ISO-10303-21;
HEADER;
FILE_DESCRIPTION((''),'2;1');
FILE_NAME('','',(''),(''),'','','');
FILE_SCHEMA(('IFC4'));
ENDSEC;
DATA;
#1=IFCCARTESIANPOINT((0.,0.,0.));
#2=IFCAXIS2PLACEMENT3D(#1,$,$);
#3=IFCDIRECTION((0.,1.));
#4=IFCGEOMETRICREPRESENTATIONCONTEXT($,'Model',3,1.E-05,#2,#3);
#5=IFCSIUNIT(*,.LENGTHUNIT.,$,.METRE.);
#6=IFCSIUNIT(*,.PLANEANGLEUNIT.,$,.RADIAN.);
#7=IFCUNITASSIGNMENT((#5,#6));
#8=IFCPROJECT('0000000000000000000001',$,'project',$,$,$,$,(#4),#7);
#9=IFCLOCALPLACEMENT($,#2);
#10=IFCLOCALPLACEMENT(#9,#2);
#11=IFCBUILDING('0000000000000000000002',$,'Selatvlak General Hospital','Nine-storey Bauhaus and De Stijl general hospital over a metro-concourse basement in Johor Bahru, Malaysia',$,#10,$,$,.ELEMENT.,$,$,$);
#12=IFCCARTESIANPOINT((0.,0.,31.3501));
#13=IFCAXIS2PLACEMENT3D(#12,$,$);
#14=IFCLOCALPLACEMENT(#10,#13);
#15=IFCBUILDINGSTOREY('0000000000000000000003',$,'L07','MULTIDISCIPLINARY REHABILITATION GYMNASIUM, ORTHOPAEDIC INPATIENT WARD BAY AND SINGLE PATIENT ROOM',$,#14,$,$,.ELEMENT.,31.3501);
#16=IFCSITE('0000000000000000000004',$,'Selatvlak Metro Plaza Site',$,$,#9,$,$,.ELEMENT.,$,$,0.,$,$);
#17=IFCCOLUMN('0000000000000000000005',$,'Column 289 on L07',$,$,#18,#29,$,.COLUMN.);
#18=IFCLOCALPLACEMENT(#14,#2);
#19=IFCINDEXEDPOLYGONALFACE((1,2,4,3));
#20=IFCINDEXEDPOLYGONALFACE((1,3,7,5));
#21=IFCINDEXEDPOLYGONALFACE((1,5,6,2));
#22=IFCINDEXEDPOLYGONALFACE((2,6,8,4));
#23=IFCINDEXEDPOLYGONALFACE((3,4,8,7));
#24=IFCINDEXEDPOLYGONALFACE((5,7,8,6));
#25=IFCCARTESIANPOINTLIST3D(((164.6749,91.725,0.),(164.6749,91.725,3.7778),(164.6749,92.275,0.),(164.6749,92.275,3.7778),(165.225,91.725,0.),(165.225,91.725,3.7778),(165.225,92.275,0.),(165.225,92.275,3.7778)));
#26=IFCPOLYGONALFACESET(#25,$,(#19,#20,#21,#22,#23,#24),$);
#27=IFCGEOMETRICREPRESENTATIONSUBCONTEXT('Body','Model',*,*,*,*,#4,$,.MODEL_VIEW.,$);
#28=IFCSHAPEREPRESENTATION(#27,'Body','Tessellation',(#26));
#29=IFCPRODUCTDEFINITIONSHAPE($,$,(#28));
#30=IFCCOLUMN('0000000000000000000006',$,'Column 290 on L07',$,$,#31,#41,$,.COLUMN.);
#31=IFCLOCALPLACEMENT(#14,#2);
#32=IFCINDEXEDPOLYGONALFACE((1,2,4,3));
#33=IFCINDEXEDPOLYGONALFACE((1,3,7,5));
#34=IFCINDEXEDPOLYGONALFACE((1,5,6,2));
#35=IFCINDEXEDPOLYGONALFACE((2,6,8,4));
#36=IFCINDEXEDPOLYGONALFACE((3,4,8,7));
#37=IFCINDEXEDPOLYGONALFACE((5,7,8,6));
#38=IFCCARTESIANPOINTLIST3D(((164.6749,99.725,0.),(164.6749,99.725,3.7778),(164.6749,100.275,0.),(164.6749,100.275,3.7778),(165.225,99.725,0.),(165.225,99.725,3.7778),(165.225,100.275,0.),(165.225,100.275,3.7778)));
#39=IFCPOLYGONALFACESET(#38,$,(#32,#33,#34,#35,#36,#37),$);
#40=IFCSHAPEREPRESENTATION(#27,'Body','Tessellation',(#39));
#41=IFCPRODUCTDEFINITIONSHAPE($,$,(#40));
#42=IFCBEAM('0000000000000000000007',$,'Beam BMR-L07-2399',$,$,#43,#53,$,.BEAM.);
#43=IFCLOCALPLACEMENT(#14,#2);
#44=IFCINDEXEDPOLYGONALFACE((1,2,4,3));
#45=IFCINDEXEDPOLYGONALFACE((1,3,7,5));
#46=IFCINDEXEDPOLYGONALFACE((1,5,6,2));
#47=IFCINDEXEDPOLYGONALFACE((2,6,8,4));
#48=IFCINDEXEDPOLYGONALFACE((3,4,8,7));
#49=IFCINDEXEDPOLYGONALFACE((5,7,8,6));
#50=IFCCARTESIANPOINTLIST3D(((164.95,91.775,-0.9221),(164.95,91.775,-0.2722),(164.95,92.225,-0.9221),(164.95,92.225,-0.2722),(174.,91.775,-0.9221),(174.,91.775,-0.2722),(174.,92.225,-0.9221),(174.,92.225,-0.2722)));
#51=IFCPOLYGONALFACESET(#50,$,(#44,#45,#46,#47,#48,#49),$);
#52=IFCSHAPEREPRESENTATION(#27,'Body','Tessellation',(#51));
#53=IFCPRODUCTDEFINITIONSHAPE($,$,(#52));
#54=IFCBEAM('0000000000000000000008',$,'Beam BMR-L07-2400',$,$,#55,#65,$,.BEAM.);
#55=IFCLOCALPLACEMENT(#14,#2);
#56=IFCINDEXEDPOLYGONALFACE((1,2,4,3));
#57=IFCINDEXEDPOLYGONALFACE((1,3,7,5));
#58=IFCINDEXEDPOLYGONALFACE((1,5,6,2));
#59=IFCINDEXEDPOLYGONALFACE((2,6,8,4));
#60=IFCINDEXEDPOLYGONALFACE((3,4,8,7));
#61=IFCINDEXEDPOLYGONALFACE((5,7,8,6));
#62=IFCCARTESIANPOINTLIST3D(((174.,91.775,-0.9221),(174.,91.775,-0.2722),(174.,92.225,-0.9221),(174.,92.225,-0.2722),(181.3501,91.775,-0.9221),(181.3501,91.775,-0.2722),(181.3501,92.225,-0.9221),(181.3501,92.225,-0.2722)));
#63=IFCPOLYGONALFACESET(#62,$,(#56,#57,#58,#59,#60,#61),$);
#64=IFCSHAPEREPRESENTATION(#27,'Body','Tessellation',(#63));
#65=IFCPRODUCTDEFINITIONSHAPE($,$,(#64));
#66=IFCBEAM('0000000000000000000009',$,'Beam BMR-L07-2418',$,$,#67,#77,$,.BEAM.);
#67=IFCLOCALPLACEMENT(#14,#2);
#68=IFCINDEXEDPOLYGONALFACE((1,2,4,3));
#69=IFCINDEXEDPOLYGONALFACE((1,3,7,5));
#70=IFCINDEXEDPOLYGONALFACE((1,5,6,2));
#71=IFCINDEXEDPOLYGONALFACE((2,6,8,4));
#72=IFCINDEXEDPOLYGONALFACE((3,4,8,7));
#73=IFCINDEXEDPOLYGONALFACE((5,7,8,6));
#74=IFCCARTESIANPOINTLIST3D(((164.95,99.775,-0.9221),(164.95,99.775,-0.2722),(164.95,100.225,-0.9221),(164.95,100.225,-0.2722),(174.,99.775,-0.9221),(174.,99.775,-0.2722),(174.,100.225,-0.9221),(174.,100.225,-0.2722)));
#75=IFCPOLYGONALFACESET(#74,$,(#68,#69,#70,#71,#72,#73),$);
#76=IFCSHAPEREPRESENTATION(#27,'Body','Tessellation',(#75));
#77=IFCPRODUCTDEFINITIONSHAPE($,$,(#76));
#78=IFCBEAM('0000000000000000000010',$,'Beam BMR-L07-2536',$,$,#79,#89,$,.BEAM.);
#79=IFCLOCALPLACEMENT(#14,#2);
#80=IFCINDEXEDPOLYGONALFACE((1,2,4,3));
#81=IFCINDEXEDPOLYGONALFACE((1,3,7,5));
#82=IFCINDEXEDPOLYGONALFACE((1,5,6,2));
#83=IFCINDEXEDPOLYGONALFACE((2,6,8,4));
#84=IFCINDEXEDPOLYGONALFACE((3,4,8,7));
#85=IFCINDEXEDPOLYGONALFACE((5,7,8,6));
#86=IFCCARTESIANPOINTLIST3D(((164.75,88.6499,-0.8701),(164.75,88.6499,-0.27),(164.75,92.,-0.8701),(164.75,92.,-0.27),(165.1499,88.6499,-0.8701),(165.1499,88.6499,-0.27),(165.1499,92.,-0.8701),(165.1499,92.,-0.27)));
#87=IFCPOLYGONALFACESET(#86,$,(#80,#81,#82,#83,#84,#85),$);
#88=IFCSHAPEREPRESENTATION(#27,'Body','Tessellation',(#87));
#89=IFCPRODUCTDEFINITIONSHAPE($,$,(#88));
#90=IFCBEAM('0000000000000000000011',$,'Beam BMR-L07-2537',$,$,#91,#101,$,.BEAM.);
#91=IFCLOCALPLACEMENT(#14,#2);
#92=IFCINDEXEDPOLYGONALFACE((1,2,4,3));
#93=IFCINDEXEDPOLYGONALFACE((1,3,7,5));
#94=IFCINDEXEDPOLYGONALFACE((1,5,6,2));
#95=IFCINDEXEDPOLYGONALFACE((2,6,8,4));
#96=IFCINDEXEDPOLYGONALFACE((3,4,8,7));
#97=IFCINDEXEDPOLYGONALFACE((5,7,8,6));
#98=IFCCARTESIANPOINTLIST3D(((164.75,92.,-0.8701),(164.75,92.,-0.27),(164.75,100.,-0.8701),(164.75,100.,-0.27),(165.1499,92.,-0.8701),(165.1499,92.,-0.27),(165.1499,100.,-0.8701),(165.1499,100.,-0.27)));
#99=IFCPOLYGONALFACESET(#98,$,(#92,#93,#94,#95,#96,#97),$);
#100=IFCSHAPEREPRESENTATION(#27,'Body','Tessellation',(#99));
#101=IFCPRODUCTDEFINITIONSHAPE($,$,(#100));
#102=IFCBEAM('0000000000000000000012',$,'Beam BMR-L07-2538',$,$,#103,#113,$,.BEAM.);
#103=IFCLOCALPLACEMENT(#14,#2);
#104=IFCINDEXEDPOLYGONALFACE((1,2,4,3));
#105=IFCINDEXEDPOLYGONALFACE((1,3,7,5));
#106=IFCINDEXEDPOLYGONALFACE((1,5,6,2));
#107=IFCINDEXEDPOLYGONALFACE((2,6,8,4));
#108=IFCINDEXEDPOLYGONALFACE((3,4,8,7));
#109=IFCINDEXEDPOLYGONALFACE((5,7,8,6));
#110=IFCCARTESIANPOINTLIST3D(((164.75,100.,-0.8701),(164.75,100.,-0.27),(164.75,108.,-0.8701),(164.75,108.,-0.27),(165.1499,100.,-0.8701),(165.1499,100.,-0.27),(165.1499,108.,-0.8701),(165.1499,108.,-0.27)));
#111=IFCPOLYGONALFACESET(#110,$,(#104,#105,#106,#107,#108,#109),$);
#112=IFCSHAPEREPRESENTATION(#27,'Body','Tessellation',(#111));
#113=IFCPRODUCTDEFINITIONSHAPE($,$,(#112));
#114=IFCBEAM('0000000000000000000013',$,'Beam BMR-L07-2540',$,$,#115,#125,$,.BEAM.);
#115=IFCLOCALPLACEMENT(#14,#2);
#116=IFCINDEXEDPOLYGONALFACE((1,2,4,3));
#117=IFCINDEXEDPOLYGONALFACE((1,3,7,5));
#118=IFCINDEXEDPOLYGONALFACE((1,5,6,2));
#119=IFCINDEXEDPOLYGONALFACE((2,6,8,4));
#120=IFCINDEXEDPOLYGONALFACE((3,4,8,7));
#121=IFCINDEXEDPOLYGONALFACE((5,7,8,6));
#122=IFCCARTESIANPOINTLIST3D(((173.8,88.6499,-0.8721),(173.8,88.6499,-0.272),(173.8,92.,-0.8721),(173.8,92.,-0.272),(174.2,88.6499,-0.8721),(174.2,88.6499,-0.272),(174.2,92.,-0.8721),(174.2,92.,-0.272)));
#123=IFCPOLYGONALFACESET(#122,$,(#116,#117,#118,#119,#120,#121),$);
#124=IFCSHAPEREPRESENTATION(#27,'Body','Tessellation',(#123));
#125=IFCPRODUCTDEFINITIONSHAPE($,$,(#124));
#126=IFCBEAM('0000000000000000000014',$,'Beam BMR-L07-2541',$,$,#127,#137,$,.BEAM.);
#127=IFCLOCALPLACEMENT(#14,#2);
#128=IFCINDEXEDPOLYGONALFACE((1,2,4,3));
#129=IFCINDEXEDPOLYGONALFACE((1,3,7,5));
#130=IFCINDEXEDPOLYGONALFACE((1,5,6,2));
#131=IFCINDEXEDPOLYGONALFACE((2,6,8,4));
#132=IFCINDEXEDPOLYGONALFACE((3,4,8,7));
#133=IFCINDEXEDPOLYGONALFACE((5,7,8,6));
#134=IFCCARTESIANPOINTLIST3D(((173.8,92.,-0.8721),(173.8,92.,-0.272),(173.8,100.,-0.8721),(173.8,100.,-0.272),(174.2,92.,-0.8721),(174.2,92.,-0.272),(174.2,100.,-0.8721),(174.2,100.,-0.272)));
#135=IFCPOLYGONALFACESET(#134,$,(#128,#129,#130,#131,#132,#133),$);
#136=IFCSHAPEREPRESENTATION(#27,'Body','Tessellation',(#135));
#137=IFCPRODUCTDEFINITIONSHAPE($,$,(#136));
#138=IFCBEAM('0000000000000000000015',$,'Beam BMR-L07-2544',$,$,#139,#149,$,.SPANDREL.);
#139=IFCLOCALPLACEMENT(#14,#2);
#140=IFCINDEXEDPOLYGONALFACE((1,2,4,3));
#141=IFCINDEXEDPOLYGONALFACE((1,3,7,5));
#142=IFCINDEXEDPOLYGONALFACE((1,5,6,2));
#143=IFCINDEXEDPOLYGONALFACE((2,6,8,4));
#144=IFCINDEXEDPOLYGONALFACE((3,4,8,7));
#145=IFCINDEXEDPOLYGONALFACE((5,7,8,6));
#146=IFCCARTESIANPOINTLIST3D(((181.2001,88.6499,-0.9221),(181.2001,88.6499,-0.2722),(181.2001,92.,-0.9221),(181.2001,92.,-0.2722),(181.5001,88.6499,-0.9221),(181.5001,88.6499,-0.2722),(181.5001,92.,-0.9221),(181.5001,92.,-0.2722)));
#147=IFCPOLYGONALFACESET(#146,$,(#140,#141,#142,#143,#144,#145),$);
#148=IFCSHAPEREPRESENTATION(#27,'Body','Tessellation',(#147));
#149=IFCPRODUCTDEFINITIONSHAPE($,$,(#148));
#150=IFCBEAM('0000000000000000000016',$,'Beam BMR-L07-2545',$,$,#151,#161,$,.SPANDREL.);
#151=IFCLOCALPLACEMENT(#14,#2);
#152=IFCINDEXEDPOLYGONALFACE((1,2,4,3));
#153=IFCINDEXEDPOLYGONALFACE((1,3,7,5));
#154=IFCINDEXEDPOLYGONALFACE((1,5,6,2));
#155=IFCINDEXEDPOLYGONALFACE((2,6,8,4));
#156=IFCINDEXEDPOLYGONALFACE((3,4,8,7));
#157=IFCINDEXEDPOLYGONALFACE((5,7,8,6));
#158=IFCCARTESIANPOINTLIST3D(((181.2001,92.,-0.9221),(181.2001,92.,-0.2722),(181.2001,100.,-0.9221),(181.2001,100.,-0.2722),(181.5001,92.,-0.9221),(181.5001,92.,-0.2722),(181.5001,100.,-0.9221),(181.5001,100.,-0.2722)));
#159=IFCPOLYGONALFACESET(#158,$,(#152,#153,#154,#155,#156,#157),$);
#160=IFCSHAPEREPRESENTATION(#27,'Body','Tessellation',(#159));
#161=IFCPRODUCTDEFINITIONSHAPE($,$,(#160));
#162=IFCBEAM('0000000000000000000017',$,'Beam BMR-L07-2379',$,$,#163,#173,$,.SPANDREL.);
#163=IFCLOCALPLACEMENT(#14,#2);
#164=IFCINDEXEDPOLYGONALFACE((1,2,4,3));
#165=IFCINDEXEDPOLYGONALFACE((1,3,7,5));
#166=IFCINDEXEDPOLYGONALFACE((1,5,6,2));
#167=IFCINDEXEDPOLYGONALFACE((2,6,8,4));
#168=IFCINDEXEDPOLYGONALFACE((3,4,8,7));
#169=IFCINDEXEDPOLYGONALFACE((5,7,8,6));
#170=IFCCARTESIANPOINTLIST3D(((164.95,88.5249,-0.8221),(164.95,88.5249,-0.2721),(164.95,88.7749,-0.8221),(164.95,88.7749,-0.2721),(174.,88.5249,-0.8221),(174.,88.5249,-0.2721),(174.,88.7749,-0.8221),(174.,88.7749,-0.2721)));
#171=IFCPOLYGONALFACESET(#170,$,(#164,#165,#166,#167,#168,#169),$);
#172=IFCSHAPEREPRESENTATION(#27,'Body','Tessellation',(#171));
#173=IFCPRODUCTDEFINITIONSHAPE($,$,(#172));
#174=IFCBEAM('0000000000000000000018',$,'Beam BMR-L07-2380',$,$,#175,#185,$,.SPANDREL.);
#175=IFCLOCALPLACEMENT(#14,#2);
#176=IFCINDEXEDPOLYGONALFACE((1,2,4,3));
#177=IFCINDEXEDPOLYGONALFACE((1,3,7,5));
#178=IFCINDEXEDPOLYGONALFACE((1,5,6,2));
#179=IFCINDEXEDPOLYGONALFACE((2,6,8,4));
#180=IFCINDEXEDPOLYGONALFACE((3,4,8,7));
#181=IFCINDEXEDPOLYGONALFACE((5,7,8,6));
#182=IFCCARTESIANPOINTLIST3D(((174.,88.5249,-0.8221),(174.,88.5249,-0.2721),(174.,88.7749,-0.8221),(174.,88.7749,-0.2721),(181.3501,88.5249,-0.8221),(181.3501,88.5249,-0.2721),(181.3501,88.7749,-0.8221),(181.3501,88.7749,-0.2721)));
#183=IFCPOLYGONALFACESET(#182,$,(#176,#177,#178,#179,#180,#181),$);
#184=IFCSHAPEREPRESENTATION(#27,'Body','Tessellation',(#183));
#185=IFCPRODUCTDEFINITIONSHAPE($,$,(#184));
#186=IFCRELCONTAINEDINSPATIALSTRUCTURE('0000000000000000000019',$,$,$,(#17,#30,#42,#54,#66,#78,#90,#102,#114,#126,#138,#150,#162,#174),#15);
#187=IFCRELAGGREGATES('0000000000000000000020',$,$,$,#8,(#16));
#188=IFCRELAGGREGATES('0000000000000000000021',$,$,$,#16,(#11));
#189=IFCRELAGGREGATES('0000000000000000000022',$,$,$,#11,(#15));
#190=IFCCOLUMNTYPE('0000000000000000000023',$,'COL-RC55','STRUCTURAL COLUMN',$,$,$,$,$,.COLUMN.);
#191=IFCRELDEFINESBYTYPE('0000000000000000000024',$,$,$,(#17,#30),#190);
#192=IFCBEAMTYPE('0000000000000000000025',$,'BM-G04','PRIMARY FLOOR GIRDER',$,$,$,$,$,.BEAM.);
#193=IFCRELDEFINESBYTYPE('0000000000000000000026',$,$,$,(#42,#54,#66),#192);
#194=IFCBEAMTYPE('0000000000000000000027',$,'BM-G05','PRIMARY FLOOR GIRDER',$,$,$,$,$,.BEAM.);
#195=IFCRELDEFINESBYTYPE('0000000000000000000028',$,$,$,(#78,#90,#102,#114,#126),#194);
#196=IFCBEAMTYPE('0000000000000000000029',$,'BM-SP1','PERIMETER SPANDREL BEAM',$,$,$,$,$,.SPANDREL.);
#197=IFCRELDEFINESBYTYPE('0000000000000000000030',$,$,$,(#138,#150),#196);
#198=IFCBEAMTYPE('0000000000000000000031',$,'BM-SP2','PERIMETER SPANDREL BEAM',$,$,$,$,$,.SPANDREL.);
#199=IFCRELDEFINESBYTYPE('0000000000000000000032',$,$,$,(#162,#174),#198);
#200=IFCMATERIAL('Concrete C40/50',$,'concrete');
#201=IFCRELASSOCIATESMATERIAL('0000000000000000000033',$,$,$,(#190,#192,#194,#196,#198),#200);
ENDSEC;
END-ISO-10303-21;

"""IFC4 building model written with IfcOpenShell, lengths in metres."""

from ifc_helpers import new_model, si_unit, direction, frame, origin, origin_2d, place, context, subcontext, project, spatial, rectangle, extrude, material, material_profile, profile_set, type_object, element, save


model = new_model("IFC4")

# Units and contexts
model_context = context("Model", 3, precision=1e-05, world=origin(), true_north=direction((0.0, 1.0)))
body_context = subcontext(model_context, "Body", "Model", "MODEL_VIEW")
ifc_project = project(units=[si_unit("LENGTHUNIT", "METRE"), si_unit("PLANEANGLEUNIT", "RADIAN")], contexts=[model_context])

# Site, building, storey
site_placement = place(None, origin())
site = spatial("IfcSite", under=ifc_project, at=site_placement, Name="Selatvlak Metro Plaza Site", CompositionType="ELEMENT", RefElevation=0.0)
building_placement = place(site_placement, origin())
building = spatial("IfcBuilding", under=site, at=building_placement, Name="Selatvlak General Hospital", Description="Nine-storey Bauhaus and De Stijl general hospital over a metro-concourse basement in Johor Bahru, Malaysia", CompositionType="ELEMENT")
storey_placement = place(building_placement, frame((0.0, 0.0, 31.3501)))
storey = spatial("IfcBuildingStorey", under=building, at=storey_placement, Name="L07", Description="MULTIDISCIPLINARY REHABILITATION GYMNASIUM, ORTHOPAEDIC INPATIENT WARD BAY AND SINGLE PATIENT ROOM", CompositionType="ELEMENT", Elevation=31.3501)

# Columns
ifc_material_1 = material(Name="Concrete C40/50", Category="concrete")
ifc_material_profile_1 = material_profile(ifc_material_1, rectangle(XDim=0.55, YDim=0.55, at=origin_2d()), Name="RC-COL 550x550")
ifc_profile_set_1 = profile_set([ifc_material_profile_1], Name="Concrete C40/50")
column_type = type_object("IfcColumnType", Name="COL-RC55", Description="STRUCTURAL COLUMN", PredefinedType="COLUMN", material=ifc_profile_set_1)
for number, where, z_axis, x_axis, name in (
    (1, (164.95, 92.0, 0.0), (0.0, 0.0, 1.0), (1.0, 0.0, 0.0), "Column 289 on L07"),
    (2, (164.95, 100.0, 0.0), (0.0, 0.0, 1.0), (1.0, 0.0, 0.0), "Column 290 on L07"),
):
    element("IfcColumn", number, at=place(storey_placement, frame(where, z_axis=z_axis, x_axis=x_axis)), inside=storey, type_object=column_type, Name=name, PredefinedType="COLUMN", context=body_context, shape_type="SweptSolid", body=[
        extrude(rectangle(XDim=0.55, YDim=0.55, at=origin_2d()), origin(), (0.0, 0.0, 1.0), 3.7778),
    ])

# Beams
ifc_material_profile_2 = material_profile(ifc_material_1, rectangle(XDim=0.45, YDim=0.6499, at=origin_2d()), Name="RC-BM 450x650")
ifc_profile_set_2 = profile_set([ifc_material_profile_2], Name="Concrete C40/50")
beam_type_1 = type_object("IfcBeamType", Name="BM-G04", Description="PRIMARY FLOOR GIRDER", PredefinedType="BEAM", material=ifc_profile_set_2)
beam_1_placement = place(storey_placement, frame((164.95, 92.0, -0.5972), z_axis=(1.0, 0.0, 0.0), x_axis=(0.0, 1.0, 0.0)))
element("IfcBeam", 3, at=beam_1_placement, inside=storey, type_object=beam_type_1, Name="Beam BMR-L07-2399", PredefinedType="BEAM", context=body_context, shape_type="SweptSolid", body=[
    extrude(rectangle(XDim=0.45, YDim=0.6499, at=origin_2d()), origin(), (0.0, 0.0, 1.0), 9.05),
])
beam_2_placement = place(storey_placement, frame((174.0, 92.0, -0.5972), z_axis=(1.0, 0.0, 0.0), x_axis=(0.0, 1.0, 0.0)))
element("IfcBeam", 4, at=beam_2_placement, inside=storey, type_object=beam_type_1, Name="Beam BMR-L07-2400", PredefinedType="BEAM", context=body_context, shape_type="SweptSolid", body=[
    extrude(rectangle(XDim=0.45, YDim=0.6499, at=origin_2d()), origin(), (0.0, 0.0, 1.0), 7.3501),
])
beam_3_placement = place(storey_placement, frame((164.95, 100.0, -0.5972), z_axis=(1.0, 0.0, 0.0), x_axis=(0.0, 1.0, 0.0)))
element("IfcBeam", 5, at=beam_3_placement, inside=storey, type_object=beam_type_1, Name="Beam BMR-L07-2418", PredefinedType="BEAM", context=body_context, shape_type="SweptSolid", body=[
    extrude(rectangle(XDim=0.45, YDim=0.6499, at=origin_2d()), origin(), (0.0, 0.0, 1.0), 9.05),
])
ifc_material_profile_3 = material_profile(ifc_material_1, rectangle(XDim=0.3999, YDim=0.6001, at=origin_2d()), Name="RC-BM 400x600")
ifc_profile_set_3 = profile_set([ifc_material_profile_3], Name="Concrete C40/50")
beam_type_2 = type_object("IfcBeamType", Name="BM-G05", Description="PRIMARY FLOOR GIRDER", PredefinedType="BEAM", material=ifc_profile_set_3)
beam_4_placement = place(storey_placement, frame((164.95, 88.6499, -0.5701), z_axis=(0.0, 1.0, 0.0), x_axis=(-1.0, 0.0, 0.0)))
element("IfcBeam", 6, at=beam_4_placement, inside=storey, type_object=beam_type_2, Name="Beam BMR-L07-2536", PredefinedType="BEAM", context=body_context, shape_type="SweptSolid", body=[
    extrude(rectangle(XDim=0.3999, YDim=0.6001, at=origin_2d()), origin(), (0.0, 0.0, 1.0), 3.3501),
])
for number, where, z_axis, x_axis, name in (
    (7, (164.95, 92.0, -0.5701), (0.0, 1.0, 0.0), (-1.0, 0.0, 0.0), "Beam BMR-L07-2537"),
    (8, (164.95, 100.0, -0.5701), (0.0, 1.0, 0.0), (-1.0, 0.0, 0.0), "Beam BMR-L07-2538"),
):
    element("IfcBeam", number, at=place(storey_placement, frame(where, z_axis=z_axis, x_axis=x_axis)), inside=storey, type_object=beam_type_2, Name=name, PredefinedType="BEAM", context=body_context, shape_type="SweptSolid", body=[
        extrude(rectangle(XDim=0.3999, YDim=0.6001, at=origin_2d()), origin(), (0.0, 0.0, 1.0), 8.0),
    ])
beam_5_placement = place(storey_placement, frame((174.0, 88.6499, -0.572), z_axis=(0.0, 1.0, 0.0), x_axis=(-1.0, 0.0, 0.0)))
element("IfcBeam", 9, at=beam_5_placement, inside=storey, type_object=beam_type_2, Name="Beam BMR-L07-2540", PredefinedType="BEAM", context=body_context, shape_type="SweptSolid", body=[
    extrude(rectangle(XDim=0.3999, YDim=0.6001, at=origin_2d()), origin(), (0.0, 0.0, 1.0), 3.3501),
])
beam_6_placement = place(storey_placement, frame((174.0, 92.0, -0.572), z_axis=(0.0, 1.0, 0.0), x_axis=(-1.0, 0.0, 0.0)))
element("IfcBeam", 10, at=beam_6_placement, inside=storey, type_object=beam_type_2, Name="Beam BMR-L07-2541", PredefinedType="BEAM", context=body_context, shape_type="SweptSolid", body=[
    extrude(rectangle(XDim=0.3999, YDim=0.6001, at=origin_2d()), origin(), (0.0, 0.0, 1.0), 8.0),
])
ifc_material_profile_4 = material_profile(ifc_material_1, rectangle(XDim=0.3, YDim=0.6499, at=origin_2d()), Name="RC-SP 300x650")
ifc_profile_set_4 = profile_set([ifc_material_profile_4], Name="Concrete C40/50")
beam_type_3 = type_object("IfcBeamType", Name="BM-SP1", Description="PERIMETER SPANDREL BEAM", PredefinedType="SPANDREL", material=ifc_profile_set_4)
beam_7_placement = place(storey_placement, frame((181.3501, 88.6499, -0.5972), z_axis=(0.0, 1.0, 0.0), x_axis=(-1.0, 0.0, 0.0)))
element("IfcBeam", 11, at=beam_7_placement, inside=storey, type_object=beam_type_3, Name="Beam BMR-L07-2544", PredefinedType="SPANDREL", context=body_context, shape_type="SweptSolid", body=[
    extrude(rectangle(XDim=0.3, YDim=0.6499, at=origin_2d()), origin(), (0.0, 0.0, 1.0), 3.3501),
])
beam_8_placement = place(storey_placement, frame((181.3501, 92.0, -0.5972), z_axis=(0.0, 1.0, 0.0), x_axis=(-1.0, 0.0, 0.0)))
element("IfcBeam", 12, at=beam_8_placement, inside=storey, type_object=beam_type_3, Name="Beam BMR-L07-2545", PredefinedType="SPANDREL", context=body_context, shape_type="SweptSolid", body=[
    extrude(rectangle(XDim=0.3, YDim=0.6499, at=origin_2d()), origin(), (0.0, 0.0, 1.0), 8.0),
])
ifc_material_profile_5 = material_profile(ifc_material_1, rectangle(XDim=0.25, YDim=0.55, at=origin_2d()), Name="RC-SP 250x550")
ifc_profile_set_5 = profile_set([ifc_material_profile_5], Name="Concrete C40/50")
beam_type_4 = type_object("IfcBeamType", Name="BM-SP2", Description="PERIMETER SPANDREL BEAM", PredefinedType="SPANDREL", material=ifc_profile_set_5)
beam_9_placement = place(storey_placement, frame((164.95, 88.6499, -0.5471), z_axis=(1.0, 0.0, 0.0), x_axis=(0.0, 1.0, 0.0)))
element("IfcBeam", 13, at=beam_9_placement, inside=storey, type_object=beam_type_4, Name="Beam BMR-L07-2379", PredefinedType="SPANDREL", context=body_context, shape_type="SweptSolid", body=[
    extrude(rectangle(XDim=0.25, YDim=0.55, at=origin_2d()), origin(), (0.0, 0.0, 1.0), 9.05),
])
beam_10_placement = place(storey_placement, frame((174.0, 88.6499, -0.5471), z_axis=(1.0, 0.0, 0.0), x_axis=(0.0, 1.0, 0.0)))
element("IfcBeam", 14, at=beam_10_placement, inside=storey, type_object=beam_type_4, Name="Beam BMR-L07-2380", PredefinedType="SPANDREL", context=body_context, shape_type="SweptSolid", body=[
    extrude(rectangle(XDim=0.25, YDim=0.55, at=origin_2d()), origin(), (0.0, 0.0, 1.0), 7.3501),
])

save(model, "model.ifc")
